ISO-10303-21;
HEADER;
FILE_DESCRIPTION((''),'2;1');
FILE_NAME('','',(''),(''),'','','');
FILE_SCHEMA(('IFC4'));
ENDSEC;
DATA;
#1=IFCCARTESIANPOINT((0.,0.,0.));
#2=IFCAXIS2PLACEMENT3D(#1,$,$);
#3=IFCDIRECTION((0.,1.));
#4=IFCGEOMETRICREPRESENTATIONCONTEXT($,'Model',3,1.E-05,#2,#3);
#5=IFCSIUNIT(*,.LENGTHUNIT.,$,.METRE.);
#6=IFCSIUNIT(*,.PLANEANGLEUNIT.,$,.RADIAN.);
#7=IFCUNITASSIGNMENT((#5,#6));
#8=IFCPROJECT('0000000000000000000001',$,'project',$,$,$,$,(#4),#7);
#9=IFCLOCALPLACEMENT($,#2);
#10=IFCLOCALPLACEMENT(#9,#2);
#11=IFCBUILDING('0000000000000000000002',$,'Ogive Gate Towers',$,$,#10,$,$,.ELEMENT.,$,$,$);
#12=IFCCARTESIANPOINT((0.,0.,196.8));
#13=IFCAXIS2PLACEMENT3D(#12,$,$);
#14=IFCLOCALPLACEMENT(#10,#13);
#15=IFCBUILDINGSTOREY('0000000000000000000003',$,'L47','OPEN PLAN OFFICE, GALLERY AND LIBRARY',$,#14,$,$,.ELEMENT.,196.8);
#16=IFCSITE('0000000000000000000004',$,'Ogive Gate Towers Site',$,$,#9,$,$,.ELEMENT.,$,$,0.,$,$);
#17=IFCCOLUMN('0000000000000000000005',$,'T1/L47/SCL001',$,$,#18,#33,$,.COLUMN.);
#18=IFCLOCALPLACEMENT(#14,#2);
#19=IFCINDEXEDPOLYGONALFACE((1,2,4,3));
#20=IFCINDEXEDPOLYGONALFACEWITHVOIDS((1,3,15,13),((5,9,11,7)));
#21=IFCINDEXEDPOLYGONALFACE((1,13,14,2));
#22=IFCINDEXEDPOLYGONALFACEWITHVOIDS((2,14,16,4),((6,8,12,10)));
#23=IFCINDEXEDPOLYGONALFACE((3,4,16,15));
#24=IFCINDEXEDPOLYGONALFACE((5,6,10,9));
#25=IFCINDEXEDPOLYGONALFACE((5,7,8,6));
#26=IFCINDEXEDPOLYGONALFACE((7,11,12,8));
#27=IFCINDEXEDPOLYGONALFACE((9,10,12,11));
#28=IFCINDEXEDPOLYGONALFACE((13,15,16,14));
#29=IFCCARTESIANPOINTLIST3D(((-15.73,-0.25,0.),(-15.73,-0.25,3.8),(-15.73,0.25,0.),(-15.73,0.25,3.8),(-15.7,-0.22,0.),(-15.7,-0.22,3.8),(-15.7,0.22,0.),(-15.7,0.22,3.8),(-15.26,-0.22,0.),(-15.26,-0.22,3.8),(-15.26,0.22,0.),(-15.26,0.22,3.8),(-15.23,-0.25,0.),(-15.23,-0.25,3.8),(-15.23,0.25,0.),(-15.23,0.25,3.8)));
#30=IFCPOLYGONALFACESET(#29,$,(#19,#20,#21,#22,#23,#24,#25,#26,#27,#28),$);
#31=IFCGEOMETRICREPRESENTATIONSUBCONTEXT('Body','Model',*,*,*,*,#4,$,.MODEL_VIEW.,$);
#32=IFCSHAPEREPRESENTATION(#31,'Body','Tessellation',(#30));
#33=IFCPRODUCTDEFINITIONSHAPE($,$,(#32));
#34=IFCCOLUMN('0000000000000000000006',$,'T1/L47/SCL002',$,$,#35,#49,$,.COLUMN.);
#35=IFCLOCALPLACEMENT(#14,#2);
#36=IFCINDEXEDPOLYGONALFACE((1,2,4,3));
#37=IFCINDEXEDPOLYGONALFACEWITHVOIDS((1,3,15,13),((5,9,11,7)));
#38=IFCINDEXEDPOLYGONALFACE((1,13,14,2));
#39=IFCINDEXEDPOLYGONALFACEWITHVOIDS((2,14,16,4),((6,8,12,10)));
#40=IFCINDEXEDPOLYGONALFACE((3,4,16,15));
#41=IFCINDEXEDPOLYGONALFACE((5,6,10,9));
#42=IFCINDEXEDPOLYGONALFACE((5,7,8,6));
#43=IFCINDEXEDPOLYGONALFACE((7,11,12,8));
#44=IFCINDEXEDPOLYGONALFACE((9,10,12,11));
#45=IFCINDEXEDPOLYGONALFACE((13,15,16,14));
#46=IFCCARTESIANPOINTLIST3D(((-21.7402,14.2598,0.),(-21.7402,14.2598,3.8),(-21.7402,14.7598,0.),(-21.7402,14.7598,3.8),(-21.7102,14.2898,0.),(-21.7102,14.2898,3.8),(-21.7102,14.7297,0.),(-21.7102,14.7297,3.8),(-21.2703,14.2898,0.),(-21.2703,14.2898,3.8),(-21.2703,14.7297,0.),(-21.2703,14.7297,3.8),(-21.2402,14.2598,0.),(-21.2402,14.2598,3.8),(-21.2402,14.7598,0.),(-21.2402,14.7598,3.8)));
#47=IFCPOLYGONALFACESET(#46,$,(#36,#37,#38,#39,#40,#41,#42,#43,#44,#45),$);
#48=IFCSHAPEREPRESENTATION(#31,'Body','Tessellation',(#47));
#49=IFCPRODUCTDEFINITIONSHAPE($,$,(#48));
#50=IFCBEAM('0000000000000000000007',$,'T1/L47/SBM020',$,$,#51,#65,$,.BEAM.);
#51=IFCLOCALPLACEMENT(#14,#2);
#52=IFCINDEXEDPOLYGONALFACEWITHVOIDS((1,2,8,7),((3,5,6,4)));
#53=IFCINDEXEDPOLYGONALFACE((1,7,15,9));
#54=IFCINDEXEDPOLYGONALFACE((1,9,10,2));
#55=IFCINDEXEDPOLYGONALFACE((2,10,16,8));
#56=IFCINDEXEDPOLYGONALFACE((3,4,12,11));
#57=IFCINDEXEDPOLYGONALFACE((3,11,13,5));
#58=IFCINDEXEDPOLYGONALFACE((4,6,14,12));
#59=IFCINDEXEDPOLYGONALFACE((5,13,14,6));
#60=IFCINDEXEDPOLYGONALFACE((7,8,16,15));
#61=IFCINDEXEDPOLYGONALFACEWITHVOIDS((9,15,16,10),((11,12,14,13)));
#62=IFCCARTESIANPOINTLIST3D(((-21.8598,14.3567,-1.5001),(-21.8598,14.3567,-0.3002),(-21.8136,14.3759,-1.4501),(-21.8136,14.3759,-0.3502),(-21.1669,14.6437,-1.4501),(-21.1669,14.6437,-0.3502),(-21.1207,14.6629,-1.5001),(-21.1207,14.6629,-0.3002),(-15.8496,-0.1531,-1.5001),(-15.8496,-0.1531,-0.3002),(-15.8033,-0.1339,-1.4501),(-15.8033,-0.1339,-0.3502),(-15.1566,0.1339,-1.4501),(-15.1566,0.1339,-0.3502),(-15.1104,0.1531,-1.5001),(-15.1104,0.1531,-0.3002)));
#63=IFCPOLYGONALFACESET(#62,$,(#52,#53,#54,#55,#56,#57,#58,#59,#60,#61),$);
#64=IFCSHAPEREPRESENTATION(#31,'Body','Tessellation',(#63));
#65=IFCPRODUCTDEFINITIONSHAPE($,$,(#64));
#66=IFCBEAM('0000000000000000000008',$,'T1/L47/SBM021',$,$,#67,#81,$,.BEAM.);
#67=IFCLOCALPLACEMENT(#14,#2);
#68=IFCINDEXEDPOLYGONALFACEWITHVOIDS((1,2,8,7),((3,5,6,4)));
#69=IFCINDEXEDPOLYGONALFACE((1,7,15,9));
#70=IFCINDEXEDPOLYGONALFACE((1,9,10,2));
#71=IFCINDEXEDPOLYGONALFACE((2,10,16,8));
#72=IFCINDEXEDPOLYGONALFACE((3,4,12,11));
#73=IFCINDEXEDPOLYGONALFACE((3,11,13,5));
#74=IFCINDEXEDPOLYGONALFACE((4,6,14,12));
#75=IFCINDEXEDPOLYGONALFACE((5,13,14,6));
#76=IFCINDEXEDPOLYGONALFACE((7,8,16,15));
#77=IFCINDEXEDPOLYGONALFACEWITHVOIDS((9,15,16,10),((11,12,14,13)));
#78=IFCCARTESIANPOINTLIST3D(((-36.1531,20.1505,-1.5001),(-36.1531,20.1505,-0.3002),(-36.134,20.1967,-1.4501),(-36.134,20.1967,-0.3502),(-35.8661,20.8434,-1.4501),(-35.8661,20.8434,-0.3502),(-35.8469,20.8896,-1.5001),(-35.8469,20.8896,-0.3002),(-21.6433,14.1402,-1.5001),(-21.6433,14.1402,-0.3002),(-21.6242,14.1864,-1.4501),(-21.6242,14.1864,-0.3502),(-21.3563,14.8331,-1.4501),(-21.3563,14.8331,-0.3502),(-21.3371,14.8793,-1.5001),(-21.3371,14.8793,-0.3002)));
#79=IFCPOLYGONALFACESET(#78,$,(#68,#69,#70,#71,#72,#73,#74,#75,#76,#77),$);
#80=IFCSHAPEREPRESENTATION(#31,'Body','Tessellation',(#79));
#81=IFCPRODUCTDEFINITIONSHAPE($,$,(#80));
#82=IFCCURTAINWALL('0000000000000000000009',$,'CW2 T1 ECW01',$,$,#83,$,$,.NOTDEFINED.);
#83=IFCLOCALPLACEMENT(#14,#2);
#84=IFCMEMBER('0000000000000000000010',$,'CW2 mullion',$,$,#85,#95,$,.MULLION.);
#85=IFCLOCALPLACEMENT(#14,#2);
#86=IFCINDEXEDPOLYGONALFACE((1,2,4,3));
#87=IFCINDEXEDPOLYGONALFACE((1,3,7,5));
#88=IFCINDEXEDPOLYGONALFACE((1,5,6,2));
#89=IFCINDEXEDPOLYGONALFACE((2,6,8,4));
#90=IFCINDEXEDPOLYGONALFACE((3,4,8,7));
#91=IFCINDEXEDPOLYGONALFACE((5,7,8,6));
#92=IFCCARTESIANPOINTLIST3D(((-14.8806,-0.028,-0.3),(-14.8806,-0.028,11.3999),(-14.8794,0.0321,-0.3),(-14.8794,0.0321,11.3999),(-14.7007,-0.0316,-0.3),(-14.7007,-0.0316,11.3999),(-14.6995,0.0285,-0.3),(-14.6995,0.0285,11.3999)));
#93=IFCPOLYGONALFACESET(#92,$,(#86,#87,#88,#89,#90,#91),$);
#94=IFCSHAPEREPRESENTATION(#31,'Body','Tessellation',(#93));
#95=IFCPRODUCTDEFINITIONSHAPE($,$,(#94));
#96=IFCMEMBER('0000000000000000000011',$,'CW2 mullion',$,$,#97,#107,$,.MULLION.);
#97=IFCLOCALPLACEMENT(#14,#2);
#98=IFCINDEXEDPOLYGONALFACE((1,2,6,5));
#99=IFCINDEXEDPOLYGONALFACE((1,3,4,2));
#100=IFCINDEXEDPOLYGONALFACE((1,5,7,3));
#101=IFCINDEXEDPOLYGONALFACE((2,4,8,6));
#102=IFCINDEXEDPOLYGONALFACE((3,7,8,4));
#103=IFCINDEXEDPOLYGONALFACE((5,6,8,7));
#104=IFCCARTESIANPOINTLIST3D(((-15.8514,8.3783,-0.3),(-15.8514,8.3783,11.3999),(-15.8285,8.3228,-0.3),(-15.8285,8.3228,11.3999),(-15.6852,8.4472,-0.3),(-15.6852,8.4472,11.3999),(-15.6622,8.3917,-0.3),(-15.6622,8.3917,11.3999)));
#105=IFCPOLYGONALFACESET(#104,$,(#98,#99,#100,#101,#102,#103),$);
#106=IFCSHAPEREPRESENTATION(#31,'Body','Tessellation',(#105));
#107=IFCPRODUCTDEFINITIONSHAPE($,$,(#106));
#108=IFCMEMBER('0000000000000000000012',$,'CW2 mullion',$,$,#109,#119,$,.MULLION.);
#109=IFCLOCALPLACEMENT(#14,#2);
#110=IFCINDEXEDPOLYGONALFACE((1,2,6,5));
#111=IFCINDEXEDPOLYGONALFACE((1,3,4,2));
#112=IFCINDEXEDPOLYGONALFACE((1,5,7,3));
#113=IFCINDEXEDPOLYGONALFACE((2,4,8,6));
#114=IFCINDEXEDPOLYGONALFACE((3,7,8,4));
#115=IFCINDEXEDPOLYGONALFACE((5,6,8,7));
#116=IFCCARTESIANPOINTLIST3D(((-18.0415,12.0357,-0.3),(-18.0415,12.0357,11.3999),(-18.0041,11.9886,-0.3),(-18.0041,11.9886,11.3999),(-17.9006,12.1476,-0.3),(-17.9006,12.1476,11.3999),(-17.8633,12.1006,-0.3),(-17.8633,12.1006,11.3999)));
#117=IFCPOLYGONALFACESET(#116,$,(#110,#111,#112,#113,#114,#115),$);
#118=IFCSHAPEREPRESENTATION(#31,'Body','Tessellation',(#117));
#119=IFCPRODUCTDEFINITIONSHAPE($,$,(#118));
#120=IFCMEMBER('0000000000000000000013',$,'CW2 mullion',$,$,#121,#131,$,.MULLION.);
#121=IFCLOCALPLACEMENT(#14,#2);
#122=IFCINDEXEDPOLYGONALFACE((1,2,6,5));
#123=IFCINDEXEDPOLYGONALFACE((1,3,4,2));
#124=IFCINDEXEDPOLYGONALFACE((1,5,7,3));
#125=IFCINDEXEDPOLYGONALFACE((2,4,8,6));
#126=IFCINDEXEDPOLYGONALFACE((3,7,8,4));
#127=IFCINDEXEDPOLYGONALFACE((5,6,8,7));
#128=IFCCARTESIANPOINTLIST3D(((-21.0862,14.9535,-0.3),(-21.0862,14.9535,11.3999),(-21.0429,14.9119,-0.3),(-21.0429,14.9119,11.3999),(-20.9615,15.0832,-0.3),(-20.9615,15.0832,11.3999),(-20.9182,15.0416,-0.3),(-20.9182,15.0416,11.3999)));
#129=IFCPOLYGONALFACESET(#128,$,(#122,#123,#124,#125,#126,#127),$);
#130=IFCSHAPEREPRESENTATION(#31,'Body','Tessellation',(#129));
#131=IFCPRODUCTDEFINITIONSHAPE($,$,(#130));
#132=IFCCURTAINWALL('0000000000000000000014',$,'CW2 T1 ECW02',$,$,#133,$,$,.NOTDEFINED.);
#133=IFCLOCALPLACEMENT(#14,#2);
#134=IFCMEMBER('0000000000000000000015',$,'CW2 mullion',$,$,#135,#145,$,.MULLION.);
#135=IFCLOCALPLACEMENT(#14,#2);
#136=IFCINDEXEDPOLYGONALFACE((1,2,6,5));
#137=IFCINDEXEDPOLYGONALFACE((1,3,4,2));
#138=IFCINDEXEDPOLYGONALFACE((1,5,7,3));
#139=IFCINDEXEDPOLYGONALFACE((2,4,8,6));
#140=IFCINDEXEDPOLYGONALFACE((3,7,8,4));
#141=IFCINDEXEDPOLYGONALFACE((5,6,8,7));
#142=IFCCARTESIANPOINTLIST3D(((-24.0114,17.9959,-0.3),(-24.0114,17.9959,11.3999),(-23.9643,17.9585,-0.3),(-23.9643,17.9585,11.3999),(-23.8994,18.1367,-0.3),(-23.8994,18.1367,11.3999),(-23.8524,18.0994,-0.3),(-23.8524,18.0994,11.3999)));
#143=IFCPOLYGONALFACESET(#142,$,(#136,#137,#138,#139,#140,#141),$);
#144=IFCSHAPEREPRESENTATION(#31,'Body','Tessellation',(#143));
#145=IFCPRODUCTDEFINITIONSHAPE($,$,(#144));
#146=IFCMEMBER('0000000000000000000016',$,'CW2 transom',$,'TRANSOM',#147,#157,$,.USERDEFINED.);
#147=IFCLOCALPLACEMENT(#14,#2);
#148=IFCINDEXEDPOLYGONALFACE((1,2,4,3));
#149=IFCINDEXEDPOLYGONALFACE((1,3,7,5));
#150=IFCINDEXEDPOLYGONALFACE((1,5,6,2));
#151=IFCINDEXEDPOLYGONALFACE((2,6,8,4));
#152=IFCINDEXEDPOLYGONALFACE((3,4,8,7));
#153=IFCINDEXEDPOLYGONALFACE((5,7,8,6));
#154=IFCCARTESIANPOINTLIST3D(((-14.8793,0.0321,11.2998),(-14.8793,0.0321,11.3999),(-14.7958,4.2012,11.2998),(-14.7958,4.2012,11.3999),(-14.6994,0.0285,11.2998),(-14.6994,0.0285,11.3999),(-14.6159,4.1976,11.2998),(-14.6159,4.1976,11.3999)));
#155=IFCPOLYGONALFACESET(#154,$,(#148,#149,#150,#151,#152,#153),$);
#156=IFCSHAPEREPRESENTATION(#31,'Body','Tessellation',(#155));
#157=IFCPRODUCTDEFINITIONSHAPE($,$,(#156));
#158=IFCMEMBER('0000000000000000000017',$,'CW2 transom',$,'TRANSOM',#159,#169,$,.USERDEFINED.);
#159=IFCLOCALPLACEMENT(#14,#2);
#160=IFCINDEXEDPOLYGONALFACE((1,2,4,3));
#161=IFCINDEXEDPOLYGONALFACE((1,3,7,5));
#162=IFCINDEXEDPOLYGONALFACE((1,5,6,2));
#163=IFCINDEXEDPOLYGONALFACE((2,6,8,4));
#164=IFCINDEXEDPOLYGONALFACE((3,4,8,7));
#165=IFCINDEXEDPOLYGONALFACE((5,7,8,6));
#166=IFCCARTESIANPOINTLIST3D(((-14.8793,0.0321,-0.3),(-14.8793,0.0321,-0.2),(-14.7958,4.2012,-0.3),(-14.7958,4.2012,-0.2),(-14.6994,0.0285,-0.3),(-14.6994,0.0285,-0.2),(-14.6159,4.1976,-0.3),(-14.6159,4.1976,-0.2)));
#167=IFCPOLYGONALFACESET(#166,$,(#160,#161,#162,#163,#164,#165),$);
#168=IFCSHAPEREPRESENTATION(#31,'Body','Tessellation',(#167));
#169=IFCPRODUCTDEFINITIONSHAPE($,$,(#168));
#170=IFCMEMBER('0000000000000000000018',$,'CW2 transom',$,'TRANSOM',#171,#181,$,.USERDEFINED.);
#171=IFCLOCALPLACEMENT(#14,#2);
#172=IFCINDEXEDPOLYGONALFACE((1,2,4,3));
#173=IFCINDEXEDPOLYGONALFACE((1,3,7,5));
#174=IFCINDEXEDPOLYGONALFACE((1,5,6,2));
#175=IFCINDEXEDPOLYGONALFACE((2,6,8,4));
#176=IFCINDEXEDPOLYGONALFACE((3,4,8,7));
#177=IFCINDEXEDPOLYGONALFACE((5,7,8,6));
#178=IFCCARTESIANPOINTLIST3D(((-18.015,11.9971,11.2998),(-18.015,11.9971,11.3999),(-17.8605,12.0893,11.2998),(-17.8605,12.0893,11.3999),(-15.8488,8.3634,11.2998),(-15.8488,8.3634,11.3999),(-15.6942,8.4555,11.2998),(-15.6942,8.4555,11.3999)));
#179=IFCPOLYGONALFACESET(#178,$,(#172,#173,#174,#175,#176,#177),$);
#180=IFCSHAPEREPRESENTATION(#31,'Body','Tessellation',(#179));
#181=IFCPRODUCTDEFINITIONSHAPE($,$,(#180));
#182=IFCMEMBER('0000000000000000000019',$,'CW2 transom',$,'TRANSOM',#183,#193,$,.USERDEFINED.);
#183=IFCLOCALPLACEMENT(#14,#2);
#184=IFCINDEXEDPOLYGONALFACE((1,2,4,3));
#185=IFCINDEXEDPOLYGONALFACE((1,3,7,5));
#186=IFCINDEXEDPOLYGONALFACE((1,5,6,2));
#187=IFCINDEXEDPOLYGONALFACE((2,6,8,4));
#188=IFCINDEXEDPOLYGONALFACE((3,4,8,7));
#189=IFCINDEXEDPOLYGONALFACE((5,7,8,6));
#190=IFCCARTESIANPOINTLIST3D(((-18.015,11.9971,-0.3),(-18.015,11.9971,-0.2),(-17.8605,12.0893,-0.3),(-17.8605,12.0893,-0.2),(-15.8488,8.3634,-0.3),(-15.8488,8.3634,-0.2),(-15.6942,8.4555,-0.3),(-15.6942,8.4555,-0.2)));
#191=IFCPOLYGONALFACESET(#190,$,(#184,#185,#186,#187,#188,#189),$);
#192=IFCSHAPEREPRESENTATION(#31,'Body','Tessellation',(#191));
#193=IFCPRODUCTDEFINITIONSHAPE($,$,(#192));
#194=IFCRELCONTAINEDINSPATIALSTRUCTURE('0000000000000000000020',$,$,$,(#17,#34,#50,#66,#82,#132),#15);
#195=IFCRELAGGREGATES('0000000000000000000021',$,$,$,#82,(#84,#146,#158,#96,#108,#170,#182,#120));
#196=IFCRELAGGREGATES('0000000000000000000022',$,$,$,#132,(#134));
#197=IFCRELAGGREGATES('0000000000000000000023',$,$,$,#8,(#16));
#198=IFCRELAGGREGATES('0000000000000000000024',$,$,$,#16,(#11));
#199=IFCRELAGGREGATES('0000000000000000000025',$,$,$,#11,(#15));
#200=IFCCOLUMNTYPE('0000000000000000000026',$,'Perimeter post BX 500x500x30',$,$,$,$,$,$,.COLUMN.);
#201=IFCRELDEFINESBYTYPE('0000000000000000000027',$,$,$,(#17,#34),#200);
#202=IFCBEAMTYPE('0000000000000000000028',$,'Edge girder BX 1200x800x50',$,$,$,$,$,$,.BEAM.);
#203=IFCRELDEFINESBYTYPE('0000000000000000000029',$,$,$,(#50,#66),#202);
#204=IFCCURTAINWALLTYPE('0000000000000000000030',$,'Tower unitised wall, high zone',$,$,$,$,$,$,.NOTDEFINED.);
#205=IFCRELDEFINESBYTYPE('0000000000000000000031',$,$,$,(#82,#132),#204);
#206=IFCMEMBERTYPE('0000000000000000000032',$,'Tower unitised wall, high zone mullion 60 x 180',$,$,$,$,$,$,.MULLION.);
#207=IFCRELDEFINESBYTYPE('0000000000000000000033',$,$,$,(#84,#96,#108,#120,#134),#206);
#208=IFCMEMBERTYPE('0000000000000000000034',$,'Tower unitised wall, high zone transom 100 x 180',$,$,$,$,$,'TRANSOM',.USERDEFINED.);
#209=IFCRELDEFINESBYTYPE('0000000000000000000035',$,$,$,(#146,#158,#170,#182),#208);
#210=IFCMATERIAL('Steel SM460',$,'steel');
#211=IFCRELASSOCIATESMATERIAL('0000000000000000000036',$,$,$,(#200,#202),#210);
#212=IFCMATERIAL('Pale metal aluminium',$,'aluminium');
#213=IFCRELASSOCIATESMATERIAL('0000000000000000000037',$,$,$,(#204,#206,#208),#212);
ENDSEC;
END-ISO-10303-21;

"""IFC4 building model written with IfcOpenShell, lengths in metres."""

from ifc_helpers import new_model, si_unit, direction, frame, origin, origin_2d, place, context, subcontext, project, spatial, rectangle, hollow_rectangle, extrude, material, material_profile, profile_set, type_object, element, aggregate, save


model = new_model("IFC4")

# Units and contexts
model_context = context("Model", 3, precision=1e-05, world=origin(), true_north=direction((0.0, 1.0)))
body_context = subcontext(model_context, "Body", "Model", "MODEL_VIEW")
ifc_project = project(units=[si_unit("LENGTHUNIT", "METRE"), si_unit("PLANEANGLEUNIT", "RADIAN")], contexts=[model_context])

# Site, building, storey
site_placement = place(None, origin())
site = spatial("IfcSite", under=ifc_project, at=site_placement, Name="Ogive Gate Towers Site", CompositionType="ELEMENT", RefElevation=0.0)
building_placement = place(site_placement, origin())
building = spatial("IfcBuilding", under=site, at=building_placement, Name="Ogive Gate Towers", CompositionType="ELEMENT")
storey_placement = place(building_placement, frame((0.0, 0.0, 196.8)))
storey = spatial("IfcBuildingStorey", under=building, at=storey_placement, Name="L47", Description="OPEN PLAN OFFICE, GALLERY AND LIBRARY", CompositionType="ELEMENT", Elevation=196.8)

# Columns
ifc_material_1 = material(Name="Steel SM460", Category="steel")
ifc_material_profile_1 = material_profile(ifc_material_1, hollow_rectangle(XDim=0.5, YDim=0.5, WallThickness=0.03, at=origin_2d()), Name="BX 500x500x30")
ifc_profile_set_1 = profile_set([ifc_material_profile_1], Name="Steel SM460")
column_type = type_object("IfcColumnType", Name="Perimeter post BX 500x500x30", PredefinedType="COLUMN", material=ifc_profile_set_1)
for number, where, z_axis, x_axis, name in (
    (1, (-15.48, 0.0, 0.0), (0.0, 0.0, 1.0), (1.0, 0.0, 0.0), "T1/L47/SCL001"),
    (2, (-21.4902, 14.5098, 0.0), (0.0, 0.0, 1.0), (1.0, 0.0, 0.0), "T1/L47/SCL002"),
):
    element("IfcColumn", number, at=place(storey_placement, frame(where, z_axis=z_axis, x_axis=x_axis)), inside=storey, type_object=column_type, Name=name, PredefinedType="COLUMN", context=body_context, shape_type="SweptSolid", body=[
        extrude(hollow_rectangle(XDim=0.5, YDim=0.5, WallThickness=0.03, at=origin_2d()), origin(), (0.0, 0.0, 1.0), 3.8),
    ])

# Beams
ifc_material_profile_2 = material_profile(ifc_material_1, hollow_rectangle(XDim=0.8, YDim=1.2, WallThickness=0.05, at=origin_2d()), Name="BX 1200x800x50")
ifc_profile_set_2 = profile_set([ifc_material_profile_2], Name="Steel SM460")
beam_type = type_object("IfcBeamType", Name="Edge girder BX 1200x800x50", PredefinedType="BEAM", material=ifc_profile_set_2)
for number, where, z_axis, x_axis, name in (
    (3, (-15.48, 0.0, -0.9001), (-0.38269, 0.923877, 0.0), (-0.923877, -0.38269, 0.0), "T1/L47/SBM020"),
    (4, (-21.4902, 14.5098, -0.9001), (-0.923877, 0.38269, 0.0), (-0.38269, -0.923877, 0.0), "T1/L47/SBM021"),
):
    element("IfcBeam", number, at=place(storey_placement, frame(where, z_axis=z_axis, x_axis=x_axis)), inside=storey, type_object=beam_type, Name=name, PredefinedType="BEAM", context=body_context, shape_type="SweptSolid", body=[
        extrude(hollow_rectangle(XDim=0.8, YDim=1.2, WallThickness=0.05, at=origin_2d()), origin(), (0.0, 0.0, 1.0), 15.7053),
    ])

# Curtain wall, members
ifc_material_2 = material(Name="Pale metal aluminium", Category="aluminium")
curtain_wall_type = type_object("IfcCurtainWallType", Name="Tower unitised wall, high zone", PredefinedType="NOTDEFINED", material=ifc_material_2)
curtain_wall_1_placement = place(storey_placement, origin())
curtain_wall_1 = element("IfcCurtainWall", 5, at=curtain_wall_1_placement, inside=storey, type_object=curtain_wall_type, Name="CW2 T1 ECW01", PredefinedType="NOTDEFINED")
ifc_material_profile_3 = material_profile(ifc_material_2, rectangle(XDim=0.1799, YDim=0.0601, at=origin_2d()), Name="60 x 180 aluminium box")
ifc_profile_set_3 = profile_set([ifc_material_profile_3], Name="Pale metal aluminium")
member_type_1 = type_object("IfcMemberType", Name="Tower unitised wall, high zone mullion 60 x 180", PredefinedType="MULLION", material=ifc_profile_set_3)
member_1_placement = place(storey_placement, frame((-14.79, 0.0002, -0.3), z_axis=(0.0, 0.0, 1.0), x_axis=(0.999799, -0.020052, 0.0)))
member_1 = element("IfcMember", 6, at=member_1_placement, type_object=member_type_1, Name="CW2 mullion", PredefinedType="MULLION", context=body_context, shape_type="SweptSolid", body=[
    extrude(rectangle(XDim=0.1799, YDim=0.0601, at=origin_2d()), origin(), (0.0, 0.0, 1.0), 11.7),
])
member_2_placement = place(storey_placement, frame((-15.7568, 8.385, -0.3), z_axis=(0.0, 0.0, 1.0), x_axis=(0.92388, 0.382683, 0.0)))
member_2 = element("IfcMember", 7, at=member_2_placement, type_object=member_type_1, Name="CW2 mullion", PredefinedType="MULLION", context=body_context, shape_type="SweptSolid", body=[
    extrude(rectangle(XDim=0.1799, YDim=0.0601, at=origin_2d()), origin(), (0.0, 0.0, 1.0), 11.7),
])
member_3_placement = place(storey_placement, frame((-17.9524, 12.0681, -0.3), z_axis=(0.0, 0.0, 1.0), x_axis=(0.78288, 0.622173, 0.0)))
member_3 = element("IfcMember", 8, at=member_3_placement, type_object=member_type_1, Name="CW2 mullion", PredefinedType="MULLION", context=body_context, shape_type="SweptSolid", body=[
    extrude(rectangle(XDim=0.1799, YDim=0.0601, at=origin_2d()), origin(), (0.0, 0.0, 1.0), 11.7),
])
member_4_placement = place(storey_placement, frame((-21.0022, 14.9976, -0.3), z_axis=(0.0, 0.0, 1.0), x_axis=(0.692785, 0.721144, 0.0)))
member_4 = element("IfcMember", 9, at=member_4_placement, type_object=member_type_1, Name="CW2 mullion", PredefinedType="MULLION", context=body_context, shape_type="SweptSolid", body=[
    extrude(rectangle(XDim=0.1799, YDim=0.0601, at=origin_2d()), origin(), (0.0, 0.0, 1.0), 11.7),
])

# Curtain wall, member
curtain_wall_2_placement = place(storey_placement, origin())
curtain_wall_2 = element("IfcCurtainWall", 10, at=curtain_wall_2_placement, inside=storey, type_object=curtain_wall_type, Name="CW2 T1 ECW02", PredefinedType="NOTDEFINED")
member_5_placement = place(storey_placement, frame((-23.9319, 18.0476, -0.3), z_axis=(0.0, 0.0, 1.0), x_axis=(0.622173, 0.78288, 0.0)))
member_5 = element("IfcMember", 11, at=member_5_placement, type_object=member_type_1, Name="CW2 mullion", PredefinedType="MULLION", context=body_context, shape_type="SweptSolid", body=[
    extrude(rectangle(XDim=0.1799, YDim=0.0601, at=origin_2d()), origin(), (0.0, 0.0, 1.0), 11.7),
])

# Members
ifc_material_profile_4 = material_profile(ifc_material_2, rectangle(XDim=0.1799, YDim=0.1001, at=origin_2d()), Name="100 x 180 aluminium box")
ifc_profile_set_4 = profile_set([ifc_material_profile_4], Name="Pale metal aluminium")
member_type_2 = type_object("IfcMemberType", Name="Tower unitised wall, high zone transom 100 x 180", ElementType="TRANSOM", PredefinedType="USERDEFINED", material=ifc_profile_set_4)
member_6_placement = place(storey_placement, frame((-14.7893, 0.0303, 11.3499), z_axis=(0.020023, 0.9998, 0.0), x_axis=(-0.9998, 0.020023, 0.0)))
member_6 = element("IfcMember", 12, at=member_6_placement, type_object=member_type_2, Name="CW2 transom", ObjectType="TRANSOM", PredefinedType="USERDEFINED", context=body_context, shape_type="SweptSolid", body=[
    extrude(rectangle(XDim=0.1799, YDim=0.1001, at=origin_2d()), origin(), (0.0, 0.0, 1.0), 4.1699),
])
member_7_placement = place(storey_placement, frame((-14.7893, 0.0303, -0.25), z_axis=(0.020023, 0.9998, 0.0), x_axis=(-0.9998, 0.020023, 0.0)))
member_7 = element("IfcMember", 13, at=member_7_placement, type_object=member_type_2, Name="CW2 transom", ObjectType="TRANSOM", PredefinedType="USERDEFINED", context=body_context, shape_type="SweptSolid", body=[
    extrude(rectangle(XDim=0.1799, YDim=0.1001, at=origin_2d()), origin(), (0.0, 0.0, 1.0), 4.1699),
])
member_8_placement = place(storey_placement, frame((-15.7715, 8.4094, 11.3499), z_axis=(-0.512058, 0.858951, 0.0), x_axis=(-0.858951, -0.512058, 0.0)))
member_8 = element("IfcMember", 14, at=member_8_placement, type_object=member_type_2, Name="CW2 transom", ObjectType="TRANSOM", PredefinedType="USERDEFINED", context=body_context, shape_type="SweptSolid", body=[
    extrude(rectangle(XDim=0.1799, YDim=0.1001, at=origin_2d()), origin(), (0.0, 0.0, 1.0), 4.2305),
])
member_9_placement = place(storey_placement, frame((-15.7715, 8.4094, -0.25), z_axis=(-0.512058, 0.858951, 0.0), x_axis=(-0.858951, -0.512058, 0.0)))
member_9 = element("IfcMember", 15, at=member_9_placement, type_object=member_type_2, Name="CW2 transom", ObjectType="TRANSOM", PredefinedType="USERDEFINED", context=body_context, shape_type="SweptSolid", body=[
    extrude(rectangle(XDim=0.1799, YDim=0.1001, at=origin_2d()), origin(), (0.0, 0.0, 1.0), 4.2305),
])

aggregate(curtain_wall_1, [member_1, member_6, member_7, member_2, member_3, member_8, member_9, member_4])
aggregate(curtain_wall_2, [member_5])

save(model, "model.ifc")
